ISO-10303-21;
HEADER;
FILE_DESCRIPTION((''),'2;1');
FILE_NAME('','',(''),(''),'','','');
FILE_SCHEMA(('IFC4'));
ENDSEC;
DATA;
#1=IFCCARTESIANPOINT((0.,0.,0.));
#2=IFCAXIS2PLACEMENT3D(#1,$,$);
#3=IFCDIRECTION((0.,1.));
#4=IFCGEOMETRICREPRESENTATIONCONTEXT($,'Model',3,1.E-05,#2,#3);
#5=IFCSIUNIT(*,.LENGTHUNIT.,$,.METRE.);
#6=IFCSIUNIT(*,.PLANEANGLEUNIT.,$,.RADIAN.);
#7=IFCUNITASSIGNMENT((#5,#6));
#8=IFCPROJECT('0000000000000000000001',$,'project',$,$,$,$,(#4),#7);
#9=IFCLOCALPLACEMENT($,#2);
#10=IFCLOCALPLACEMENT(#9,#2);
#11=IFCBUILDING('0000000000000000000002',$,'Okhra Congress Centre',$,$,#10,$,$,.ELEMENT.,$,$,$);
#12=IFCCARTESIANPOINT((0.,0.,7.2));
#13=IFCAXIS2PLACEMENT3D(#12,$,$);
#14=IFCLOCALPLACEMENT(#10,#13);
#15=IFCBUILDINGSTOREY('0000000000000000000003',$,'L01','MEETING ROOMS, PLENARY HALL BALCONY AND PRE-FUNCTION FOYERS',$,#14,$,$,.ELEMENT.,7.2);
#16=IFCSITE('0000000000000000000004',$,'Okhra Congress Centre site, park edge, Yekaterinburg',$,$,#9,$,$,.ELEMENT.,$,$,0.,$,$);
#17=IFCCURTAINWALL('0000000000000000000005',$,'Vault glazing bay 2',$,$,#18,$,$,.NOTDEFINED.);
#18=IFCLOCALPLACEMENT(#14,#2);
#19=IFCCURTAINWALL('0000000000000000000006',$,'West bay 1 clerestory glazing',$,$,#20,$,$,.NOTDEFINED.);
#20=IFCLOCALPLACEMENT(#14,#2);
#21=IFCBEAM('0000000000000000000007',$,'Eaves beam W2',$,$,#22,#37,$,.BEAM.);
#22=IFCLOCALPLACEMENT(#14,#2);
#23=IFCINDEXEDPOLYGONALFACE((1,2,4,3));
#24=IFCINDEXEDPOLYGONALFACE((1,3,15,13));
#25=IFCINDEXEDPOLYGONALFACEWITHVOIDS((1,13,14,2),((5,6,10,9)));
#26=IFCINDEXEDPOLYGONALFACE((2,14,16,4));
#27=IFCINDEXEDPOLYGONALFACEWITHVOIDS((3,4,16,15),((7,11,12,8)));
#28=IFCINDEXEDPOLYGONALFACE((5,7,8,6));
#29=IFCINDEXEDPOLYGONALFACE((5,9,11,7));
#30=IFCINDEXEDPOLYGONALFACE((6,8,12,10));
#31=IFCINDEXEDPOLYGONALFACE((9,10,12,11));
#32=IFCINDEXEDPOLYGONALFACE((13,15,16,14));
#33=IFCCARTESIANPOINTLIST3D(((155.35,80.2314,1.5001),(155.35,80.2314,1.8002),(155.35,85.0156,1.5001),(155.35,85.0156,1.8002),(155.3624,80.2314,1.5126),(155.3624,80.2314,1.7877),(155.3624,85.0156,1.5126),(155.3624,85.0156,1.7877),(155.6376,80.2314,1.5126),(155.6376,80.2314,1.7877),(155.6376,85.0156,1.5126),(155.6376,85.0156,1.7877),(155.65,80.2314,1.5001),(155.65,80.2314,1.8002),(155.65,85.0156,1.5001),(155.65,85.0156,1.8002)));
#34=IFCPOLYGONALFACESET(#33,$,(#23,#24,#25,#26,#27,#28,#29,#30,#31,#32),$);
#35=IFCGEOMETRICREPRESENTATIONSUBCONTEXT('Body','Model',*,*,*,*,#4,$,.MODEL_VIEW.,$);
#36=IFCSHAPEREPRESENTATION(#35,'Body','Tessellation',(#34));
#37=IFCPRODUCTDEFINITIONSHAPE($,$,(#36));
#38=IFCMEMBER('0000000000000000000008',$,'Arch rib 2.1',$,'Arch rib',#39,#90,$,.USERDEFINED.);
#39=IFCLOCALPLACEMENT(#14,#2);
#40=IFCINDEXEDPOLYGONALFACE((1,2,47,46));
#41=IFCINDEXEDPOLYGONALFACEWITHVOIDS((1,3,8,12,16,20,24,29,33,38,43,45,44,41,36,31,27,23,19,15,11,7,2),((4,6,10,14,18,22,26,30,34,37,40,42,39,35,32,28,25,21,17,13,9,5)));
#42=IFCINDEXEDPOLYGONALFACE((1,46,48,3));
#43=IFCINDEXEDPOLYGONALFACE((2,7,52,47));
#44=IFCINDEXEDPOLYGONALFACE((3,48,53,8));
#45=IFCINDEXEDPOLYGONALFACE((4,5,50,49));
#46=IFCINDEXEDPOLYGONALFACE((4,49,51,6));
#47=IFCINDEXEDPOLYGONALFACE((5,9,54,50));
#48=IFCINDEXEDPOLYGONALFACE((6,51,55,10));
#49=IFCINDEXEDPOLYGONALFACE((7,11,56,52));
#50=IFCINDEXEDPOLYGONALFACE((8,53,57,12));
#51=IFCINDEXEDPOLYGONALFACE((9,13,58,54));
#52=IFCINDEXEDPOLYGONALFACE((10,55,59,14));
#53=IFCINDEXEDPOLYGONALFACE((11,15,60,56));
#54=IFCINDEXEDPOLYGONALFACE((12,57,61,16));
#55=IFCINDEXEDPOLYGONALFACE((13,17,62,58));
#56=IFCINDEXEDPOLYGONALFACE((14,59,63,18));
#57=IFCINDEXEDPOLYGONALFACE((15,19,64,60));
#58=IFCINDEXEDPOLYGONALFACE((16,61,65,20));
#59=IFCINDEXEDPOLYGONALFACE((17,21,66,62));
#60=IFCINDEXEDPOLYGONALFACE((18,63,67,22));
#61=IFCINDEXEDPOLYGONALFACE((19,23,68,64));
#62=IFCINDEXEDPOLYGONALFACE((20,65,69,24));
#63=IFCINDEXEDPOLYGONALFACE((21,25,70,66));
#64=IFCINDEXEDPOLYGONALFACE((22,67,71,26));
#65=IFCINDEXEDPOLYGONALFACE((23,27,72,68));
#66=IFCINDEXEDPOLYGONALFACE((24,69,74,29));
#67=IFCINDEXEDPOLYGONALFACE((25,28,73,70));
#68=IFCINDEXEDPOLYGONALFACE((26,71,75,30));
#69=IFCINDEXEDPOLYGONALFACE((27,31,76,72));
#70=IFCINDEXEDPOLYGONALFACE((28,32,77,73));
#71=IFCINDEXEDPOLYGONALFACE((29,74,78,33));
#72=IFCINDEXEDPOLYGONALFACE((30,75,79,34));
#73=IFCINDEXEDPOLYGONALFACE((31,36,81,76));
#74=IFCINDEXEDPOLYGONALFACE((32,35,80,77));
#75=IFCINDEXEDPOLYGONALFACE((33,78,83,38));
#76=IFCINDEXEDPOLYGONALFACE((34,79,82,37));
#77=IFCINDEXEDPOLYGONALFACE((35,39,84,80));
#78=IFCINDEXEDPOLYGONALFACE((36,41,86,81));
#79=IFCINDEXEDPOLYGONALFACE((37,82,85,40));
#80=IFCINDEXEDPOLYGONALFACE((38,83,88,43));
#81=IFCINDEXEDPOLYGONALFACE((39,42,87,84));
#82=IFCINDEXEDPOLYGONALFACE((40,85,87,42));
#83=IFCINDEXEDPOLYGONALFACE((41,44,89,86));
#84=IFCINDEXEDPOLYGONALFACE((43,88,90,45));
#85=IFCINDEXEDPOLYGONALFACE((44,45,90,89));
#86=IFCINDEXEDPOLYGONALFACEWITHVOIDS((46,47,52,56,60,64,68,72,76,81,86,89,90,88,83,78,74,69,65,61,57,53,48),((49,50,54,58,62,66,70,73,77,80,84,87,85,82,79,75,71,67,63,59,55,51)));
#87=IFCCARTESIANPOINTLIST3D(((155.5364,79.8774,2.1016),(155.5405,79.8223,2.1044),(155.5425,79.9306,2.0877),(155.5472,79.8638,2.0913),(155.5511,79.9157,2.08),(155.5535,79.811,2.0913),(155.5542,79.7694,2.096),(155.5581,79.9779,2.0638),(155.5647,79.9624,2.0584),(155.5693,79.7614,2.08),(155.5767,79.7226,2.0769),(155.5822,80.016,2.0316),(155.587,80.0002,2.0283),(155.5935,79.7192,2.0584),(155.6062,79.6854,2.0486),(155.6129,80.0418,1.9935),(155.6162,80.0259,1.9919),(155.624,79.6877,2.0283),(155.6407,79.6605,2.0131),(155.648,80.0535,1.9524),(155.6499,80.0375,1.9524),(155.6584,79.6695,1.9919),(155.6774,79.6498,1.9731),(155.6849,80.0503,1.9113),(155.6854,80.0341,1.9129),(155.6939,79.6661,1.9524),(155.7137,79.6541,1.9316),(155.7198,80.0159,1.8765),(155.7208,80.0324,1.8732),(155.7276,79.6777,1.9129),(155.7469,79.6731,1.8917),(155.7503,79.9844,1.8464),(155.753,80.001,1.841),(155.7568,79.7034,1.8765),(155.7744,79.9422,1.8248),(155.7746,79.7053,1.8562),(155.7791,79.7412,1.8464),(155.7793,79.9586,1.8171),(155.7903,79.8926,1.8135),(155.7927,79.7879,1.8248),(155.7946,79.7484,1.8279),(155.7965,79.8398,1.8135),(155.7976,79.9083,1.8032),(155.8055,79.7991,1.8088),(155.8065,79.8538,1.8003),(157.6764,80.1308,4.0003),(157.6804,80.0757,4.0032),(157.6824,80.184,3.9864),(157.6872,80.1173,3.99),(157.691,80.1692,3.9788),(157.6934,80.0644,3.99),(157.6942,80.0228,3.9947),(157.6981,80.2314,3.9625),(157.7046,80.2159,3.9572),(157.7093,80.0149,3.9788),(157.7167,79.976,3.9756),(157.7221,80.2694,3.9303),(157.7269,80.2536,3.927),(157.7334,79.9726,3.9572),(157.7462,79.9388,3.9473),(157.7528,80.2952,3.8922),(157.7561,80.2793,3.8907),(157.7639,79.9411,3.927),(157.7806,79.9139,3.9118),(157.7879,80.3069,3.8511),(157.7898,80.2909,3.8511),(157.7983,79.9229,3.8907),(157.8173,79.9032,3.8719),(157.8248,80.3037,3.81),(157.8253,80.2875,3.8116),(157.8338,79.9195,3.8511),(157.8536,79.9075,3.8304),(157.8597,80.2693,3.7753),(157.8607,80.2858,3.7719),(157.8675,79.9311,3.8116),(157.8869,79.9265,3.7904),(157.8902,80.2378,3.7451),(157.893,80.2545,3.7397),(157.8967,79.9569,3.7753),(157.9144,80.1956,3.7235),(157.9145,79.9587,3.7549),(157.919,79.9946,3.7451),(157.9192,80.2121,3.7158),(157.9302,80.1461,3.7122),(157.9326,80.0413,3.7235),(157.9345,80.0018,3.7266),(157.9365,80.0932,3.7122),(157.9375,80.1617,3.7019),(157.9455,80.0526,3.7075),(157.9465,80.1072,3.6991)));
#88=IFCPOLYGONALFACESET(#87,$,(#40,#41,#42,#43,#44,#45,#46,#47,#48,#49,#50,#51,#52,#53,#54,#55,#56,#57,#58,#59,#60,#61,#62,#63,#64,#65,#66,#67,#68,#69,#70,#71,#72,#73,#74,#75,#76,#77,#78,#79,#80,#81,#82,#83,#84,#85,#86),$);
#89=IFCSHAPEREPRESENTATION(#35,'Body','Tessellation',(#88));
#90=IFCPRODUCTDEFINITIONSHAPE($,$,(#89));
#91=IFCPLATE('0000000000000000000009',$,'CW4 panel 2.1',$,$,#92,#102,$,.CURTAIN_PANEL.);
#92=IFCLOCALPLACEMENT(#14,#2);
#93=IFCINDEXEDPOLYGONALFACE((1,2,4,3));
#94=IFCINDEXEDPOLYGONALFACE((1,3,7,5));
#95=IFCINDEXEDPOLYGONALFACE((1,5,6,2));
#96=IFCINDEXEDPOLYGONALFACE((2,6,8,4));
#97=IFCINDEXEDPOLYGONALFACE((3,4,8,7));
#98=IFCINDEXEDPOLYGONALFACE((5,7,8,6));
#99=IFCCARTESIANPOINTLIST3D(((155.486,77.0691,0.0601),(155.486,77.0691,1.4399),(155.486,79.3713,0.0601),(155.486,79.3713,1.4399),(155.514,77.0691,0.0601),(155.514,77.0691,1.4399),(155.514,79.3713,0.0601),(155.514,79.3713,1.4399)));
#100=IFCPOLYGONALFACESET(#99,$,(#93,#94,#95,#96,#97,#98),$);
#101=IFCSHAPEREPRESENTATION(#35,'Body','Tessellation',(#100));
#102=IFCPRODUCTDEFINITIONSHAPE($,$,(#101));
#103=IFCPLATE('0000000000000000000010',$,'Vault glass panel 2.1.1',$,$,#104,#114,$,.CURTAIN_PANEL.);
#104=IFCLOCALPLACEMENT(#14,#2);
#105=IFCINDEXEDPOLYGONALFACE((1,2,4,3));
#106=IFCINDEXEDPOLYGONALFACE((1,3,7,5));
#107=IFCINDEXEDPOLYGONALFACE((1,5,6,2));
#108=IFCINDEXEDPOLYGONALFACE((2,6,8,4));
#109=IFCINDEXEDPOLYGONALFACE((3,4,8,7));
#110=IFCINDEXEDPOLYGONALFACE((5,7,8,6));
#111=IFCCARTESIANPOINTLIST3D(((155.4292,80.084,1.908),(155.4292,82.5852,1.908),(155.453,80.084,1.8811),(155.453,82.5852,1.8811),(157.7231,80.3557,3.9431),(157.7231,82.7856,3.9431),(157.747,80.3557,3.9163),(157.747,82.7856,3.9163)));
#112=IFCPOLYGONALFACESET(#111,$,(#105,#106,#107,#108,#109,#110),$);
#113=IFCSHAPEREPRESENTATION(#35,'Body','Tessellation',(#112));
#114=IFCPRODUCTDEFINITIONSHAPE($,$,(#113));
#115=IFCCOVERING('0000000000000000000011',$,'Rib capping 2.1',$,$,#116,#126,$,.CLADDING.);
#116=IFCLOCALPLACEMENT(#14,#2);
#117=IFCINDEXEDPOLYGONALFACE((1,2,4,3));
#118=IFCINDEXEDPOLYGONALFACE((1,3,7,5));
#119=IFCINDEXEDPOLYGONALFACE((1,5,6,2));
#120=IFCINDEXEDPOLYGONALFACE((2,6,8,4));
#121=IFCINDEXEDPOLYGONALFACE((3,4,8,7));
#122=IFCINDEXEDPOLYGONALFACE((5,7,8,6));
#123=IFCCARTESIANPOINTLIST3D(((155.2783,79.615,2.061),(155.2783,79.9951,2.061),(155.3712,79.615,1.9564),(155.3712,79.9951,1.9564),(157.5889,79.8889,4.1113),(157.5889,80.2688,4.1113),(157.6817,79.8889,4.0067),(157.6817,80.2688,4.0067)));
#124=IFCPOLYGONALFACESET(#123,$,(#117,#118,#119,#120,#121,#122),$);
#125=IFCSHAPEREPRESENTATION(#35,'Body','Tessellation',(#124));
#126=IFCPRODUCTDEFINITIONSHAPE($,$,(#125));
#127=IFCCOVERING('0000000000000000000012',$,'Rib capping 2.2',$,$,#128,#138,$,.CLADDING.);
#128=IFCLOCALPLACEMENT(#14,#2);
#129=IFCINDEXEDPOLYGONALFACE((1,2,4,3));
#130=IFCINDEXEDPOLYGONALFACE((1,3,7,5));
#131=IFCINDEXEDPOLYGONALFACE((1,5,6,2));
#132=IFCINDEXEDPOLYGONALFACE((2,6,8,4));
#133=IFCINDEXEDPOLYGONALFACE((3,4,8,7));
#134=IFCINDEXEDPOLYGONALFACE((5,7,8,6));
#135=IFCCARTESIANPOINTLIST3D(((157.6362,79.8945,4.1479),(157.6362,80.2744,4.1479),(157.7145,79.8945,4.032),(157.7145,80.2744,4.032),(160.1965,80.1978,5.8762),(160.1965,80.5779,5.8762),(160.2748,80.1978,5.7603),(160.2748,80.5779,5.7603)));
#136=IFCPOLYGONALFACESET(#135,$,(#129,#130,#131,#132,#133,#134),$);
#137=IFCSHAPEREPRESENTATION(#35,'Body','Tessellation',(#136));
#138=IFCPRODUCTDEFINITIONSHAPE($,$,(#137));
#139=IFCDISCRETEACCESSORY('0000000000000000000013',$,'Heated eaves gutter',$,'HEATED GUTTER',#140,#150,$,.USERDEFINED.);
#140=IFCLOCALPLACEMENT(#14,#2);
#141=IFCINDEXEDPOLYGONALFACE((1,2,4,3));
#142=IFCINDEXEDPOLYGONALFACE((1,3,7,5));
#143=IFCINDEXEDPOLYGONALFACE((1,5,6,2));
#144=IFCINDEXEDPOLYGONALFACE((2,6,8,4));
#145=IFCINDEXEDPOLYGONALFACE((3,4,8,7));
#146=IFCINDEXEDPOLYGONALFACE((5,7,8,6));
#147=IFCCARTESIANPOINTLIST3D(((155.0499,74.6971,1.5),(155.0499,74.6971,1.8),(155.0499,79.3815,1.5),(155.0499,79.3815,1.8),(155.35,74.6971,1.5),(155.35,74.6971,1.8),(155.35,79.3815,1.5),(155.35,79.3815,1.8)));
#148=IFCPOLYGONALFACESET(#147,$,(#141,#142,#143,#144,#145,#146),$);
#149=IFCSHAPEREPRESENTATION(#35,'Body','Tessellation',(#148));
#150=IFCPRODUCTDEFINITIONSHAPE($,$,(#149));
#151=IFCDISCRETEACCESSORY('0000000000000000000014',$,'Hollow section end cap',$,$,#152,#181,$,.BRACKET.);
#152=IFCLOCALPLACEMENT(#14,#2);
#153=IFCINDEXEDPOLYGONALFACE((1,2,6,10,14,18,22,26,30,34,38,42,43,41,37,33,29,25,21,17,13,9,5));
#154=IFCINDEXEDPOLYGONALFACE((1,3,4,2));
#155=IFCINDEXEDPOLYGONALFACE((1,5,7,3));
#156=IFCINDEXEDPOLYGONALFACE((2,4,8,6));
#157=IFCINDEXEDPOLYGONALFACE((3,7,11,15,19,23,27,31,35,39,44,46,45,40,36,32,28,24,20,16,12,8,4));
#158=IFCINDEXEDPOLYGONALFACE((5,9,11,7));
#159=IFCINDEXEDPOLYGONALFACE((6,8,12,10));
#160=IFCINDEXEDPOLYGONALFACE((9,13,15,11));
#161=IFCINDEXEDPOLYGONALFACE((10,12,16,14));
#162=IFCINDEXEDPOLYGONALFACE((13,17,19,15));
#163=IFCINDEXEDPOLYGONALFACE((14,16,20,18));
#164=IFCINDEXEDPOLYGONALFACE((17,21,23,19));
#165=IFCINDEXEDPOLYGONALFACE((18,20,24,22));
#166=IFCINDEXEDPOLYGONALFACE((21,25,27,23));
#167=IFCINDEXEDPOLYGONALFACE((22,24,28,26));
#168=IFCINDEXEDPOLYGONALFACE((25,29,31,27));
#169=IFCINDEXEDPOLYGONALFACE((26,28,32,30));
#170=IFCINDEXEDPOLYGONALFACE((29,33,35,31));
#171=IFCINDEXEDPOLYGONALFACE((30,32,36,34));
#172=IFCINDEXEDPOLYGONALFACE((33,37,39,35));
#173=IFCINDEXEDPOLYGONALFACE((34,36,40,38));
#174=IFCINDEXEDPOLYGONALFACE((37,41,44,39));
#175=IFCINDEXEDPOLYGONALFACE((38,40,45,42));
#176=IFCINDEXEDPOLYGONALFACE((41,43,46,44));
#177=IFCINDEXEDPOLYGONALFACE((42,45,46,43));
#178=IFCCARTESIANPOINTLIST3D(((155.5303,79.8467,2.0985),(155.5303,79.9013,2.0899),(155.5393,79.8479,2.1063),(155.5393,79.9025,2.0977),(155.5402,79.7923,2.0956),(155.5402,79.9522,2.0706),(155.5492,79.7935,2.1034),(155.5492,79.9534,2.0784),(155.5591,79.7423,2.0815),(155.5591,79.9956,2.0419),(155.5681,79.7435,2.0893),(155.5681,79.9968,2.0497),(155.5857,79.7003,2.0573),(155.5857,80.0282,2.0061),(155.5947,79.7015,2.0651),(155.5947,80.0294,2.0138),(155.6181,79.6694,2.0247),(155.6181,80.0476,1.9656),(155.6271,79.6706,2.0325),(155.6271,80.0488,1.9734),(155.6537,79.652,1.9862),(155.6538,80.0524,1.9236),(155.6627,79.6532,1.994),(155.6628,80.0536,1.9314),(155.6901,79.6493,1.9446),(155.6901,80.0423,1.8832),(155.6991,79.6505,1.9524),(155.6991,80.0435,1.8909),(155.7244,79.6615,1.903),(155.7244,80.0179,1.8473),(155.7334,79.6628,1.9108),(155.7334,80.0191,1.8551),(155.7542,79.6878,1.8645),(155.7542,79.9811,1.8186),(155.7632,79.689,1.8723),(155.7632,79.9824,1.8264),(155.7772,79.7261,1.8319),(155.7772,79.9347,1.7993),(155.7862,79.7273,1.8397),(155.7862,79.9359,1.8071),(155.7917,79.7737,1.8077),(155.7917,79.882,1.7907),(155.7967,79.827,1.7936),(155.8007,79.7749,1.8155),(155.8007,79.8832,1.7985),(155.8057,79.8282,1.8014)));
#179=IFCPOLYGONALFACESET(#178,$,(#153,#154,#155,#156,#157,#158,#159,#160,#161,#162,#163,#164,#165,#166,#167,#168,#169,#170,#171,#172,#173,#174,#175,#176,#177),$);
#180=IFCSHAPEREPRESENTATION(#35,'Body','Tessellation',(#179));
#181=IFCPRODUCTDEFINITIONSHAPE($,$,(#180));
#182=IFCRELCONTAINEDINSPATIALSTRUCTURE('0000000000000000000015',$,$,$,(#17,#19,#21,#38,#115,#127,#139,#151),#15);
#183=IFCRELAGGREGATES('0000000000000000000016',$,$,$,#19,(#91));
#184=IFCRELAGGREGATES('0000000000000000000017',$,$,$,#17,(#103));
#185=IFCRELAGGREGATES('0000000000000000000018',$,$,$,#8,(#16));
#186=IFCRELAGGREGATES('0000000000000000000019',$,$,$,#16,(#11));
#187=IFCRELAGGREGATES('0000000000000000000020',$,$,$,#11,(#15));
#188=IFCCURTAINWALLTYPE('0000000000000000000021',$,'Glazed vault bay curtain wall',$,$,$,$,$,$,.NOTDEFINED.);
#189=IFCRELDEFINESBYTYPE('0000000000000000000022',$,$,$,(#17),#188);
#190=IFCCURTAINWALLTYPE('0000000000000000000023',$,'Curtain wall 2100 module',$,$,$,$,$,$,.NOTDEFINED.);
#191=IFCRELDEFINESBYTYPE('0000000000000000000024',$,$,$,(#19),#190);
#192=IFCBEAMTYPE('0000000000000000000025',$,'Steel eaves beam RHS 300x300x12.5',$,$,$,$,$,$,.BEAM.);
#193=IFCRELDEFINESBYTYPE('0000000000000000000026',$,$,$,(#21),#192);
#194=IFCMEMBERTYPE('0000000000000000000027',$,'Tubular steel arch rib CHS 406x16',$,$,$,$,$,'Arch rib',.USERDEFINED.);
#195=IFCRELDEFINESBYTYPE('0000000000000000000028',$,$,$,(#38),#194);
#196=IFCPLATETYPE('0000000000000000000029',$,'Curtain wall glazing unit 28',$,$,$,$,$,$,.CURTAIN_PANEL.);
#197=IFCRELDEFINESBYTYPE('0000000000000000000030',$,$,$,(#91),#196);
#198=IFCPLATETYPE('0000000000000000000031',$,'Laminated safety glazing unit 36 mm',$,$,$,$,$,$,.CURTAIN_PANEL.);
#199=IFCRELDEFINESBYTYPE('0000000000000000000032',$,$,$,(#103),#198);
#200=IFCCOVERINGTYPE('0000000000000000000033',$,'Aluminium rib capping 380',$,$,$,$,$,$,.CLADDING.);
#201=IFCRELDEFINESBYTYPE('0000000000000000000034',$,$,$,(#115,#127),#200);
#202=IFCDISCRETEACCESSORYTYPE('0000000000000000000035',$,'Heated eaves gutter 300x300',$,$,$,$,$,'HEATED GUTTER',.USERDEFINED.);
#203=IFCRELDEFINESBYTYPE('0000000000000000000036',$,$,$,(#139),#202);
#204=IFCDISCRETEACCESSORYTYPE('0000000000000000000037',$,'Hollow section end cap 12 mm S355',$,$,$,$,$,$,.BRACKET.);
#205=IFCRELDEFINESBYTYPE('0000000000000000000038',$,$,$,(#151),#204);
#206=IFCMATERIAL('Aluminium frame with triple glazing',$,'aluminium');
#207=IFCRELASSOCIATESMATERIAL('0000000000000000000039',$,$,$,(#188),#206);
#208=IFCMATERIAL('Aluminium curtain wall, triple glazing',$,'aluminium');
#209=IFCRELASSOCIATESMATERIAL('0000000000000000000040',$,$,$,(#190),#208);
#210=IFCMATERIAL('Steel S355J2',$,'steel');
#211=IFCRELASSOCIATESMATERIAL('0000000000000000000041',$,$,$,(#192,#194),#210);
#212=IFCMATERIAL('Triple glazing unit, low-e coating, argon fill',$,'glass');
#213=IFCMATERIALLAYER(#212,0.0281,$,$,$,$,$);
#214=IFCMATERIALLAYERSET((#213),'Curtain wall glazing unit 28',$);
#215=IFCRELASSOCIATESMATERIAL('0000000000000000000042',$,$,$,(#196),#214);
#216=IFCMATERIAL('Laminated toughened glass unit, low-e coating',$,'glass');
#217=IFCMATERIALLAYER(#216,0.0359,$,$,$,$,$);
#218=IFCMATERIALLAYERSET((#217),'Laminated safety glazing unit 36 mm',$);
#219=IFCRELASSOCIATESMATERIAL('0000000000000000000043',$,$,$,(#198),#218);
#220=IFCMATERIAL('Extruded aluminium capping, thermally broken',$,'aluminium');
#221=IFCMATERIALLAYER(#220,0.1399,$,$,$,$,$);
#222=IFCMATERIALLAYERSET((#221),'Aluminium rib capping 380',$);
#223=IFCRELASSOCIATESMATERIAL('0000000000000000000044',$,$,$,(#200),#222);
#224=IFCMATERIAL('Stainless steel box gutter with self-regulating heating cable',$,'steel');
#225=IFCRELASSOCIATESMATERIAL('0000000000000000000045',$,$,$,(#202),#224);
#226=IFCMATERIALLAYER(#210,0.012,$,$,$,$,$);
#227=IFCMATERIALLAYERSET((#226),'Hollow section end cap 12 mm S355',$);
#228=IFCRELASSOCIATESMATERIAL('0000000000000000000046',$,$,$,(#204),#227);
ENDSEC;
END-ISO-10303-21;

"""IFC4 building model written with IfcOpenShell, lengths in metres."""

from ifc_helpers import new_model, si_unit, direction, frame, origin, origin_2d, place, context, subcontext, project, spatial, polyline, rectangle, hollow_rectangle, circle, hollow_circle, outline, extrude, material, layer, layer_set, material_profile, profile_set, type_object, element, aggregate, save


model = new_model("IFC4")

# Units and contexts
model_context = context("Model", 3, precision=1e-05, world=origin(), true_north=direction((0.0, 1.0)))
body_context = subcontext(model_context, "Body", "Model", "MODEL_VIEW")
ifc_project = project(units=[si_unit("LENGTHUNIT", "METRE"), si_unit("PLANEANGLEUNIT", "RADIAN")], contexts=[model_context])

# Site, building, storey
site_placement = place(None, origin())
site = spatial("IfcSite", under=ifc_project, at=site_placement, Name="Okhra Congress Centre site, park edge, Yekaterinburg", CompositionType="ELEMENT", RefElevation=0.0)
building_placement = place(site_placement, origin())
building = spatial("IfcBuilding", under=site, at=building_placement, Name="Okhra Congress Centre", CompositionType="ELEMENT")
storey_placement = place(building_placement, frame((0.0, 0.0, 7.2)))
storey = spatial("IfcBuildingStorey", under=building, at=storey_placement, Name="L01", Description="MEETING ROOMS, PLENARY HALL BALCONY AND PRE-FUNCTION FOYERS", CompositionType="ELEMENT", Elevation=7.2)

# Shared definitions
ifc_material_1 = material(Name="Aluminium frame with triple glazing", Category="aluminium")
curtain_wall_type_1 = type_object("IfcCurtainWallType", Name="Glazed vault bay curtain wall", PredefinedType="NOTDEFINED", material=ifc_material_1)

# Curtain walls
curtain_wall_1_placement = place(storey_placement, origin())
curtain_wall_1 = element("IfcCurtainWall", 1, at=curtain_wall_1_placement, inside=storey, type_object=curtain_wall_type_1, Name="Vault glazing bay 2", PredefinedType="NOTDEFINED")
ifc_material_2 = material(Name="Aluminium curtain wall, triple glazing", Category="aluminium")
curtain_wall_type_2 = type_object("IfcCurtainWallType", Name="Curtain wall 2100 module", PredefinedType="NOTDEFINED", material=ifc_material_2)
curtain_wall_2_placement = place(storey_placement, origin())
curtain_wall_2 = element("IfcCurtainWall", 2, at=curtain_wall_2_placement, inside=storey, type_object=curtain_wall_type_2, Name="West bay 1 clerestory glazing", PredefinedType="NOTDEFINED")

# Beam
ifc_material_3 = material(Name="Steel S355J2", Category="steel")
ifc_material_profile_1 = material_profile(ifc_material_3, hollow_rectangle(XDim=0.3, YDim=0.3, WallThickness=0.0125, at=origin_2d()), Name="RHS 300x300x12.5")
ifc_profile_set_1 = profile_set([ifc_material_profile_1], Name="Steel S355J2")
beam_type = type_object("IfcBeamType", Name="Steel eaves beam RHS 300x300x12.5", PredefinedType="BEAM", material=ifc_profile_set_1)
beam_placement = place(storey_placement, frame((155.5, 80.2314, 1.6501), z_axis=(0.0, 1.0, 0.0), x_axis=(-1.0, 0.0, 0.0)))
element("IfcBeam", 3, at=beam_placement, inside=storey, type_object=beam_type, Name="Eaves beam W2", PredefinedType="BEAM", context=body_context, shape_type="SweptSolid", body=[
    extrude(hollow_rectangle(XDim=0.3, YDim=0.3, WallThickness=0.0125, at=origin_2d()), origin(), (0.0, 0.0, 1.0), 4.7842),
])

# Member
ifc_material_profile_2 = material_profile(ifc_material_3, hollow_circle(Radius=0.2031, WallThickness=0.0161, at=origin_2d()), Name="CHS 406.4x16")
ifc_profile_set_2 = profile_set([ifc_material_profile_2], Name="Steel S355J2")
member_type_1 = type_object("IfcMemberType", Name="Tubular steel arch rib CHS 406x16", ElementType="Arch rib", PredefinedType="USERDEFINED", material=ifc_profile_set_2)
member_1_placement = place(storey_placement, frame((155.6719, 79.8518, 1.9524), z_axis=(0.745089, 0.088238, 0.661102), x_axis=(-0.117604, 0.993061, 0.0)))
element("IfcMember", 4, at=member_1_placement, inside=storey, type_object=member_type_1, Name="Arch rib 2.1", ObjectType="Arch rib", PredefinedType="USERDEFINED", context=body_context, shape_type="SweptSolid", body=[
    extrude(hollow_circle(Radius=0.2031, WallThickness=0.0161, at=origin_2d()), origin(), (0.0, 0.0, 1.0), 2.8721),
])

# Plates
ifc_material_4 = material(Name="Triple glazing unit, low-e coating, argon fill", Category="glass")
ifc_layer_1 = layer(ifc_material_4, 0.0281)
ifc_layer_set_1 = layer_set([ifc_layer_1], Name="Curtain wall glazing unit 28")
plate_type_1 = type_object("IfcPlateType", Name="Curtain wall glazing unit 28", PredefinedType="CURTAIN_PANEL", material=ifc_layer_set_1)
plate_1_placement = place(storey_placement, frame((155.5, 78.2202, 0.0601), z_axis=(0.0, 0.0, 1.0), x_axis=(0.0, 1.0, 0.0)))
plate_1 = element("IfcPlate", 5, at=plate_1_placement, type_object=plate_type_1, Name="CW4 panel 2.1", PredefinedType="CURTAIN_PANEL", context=body_context, shape_type="SweptSolid", body=[
    extrude(rectangle(XDim=2.3022, YDim=0.0281, at=origin_2d()), origin(), (0.0, 0.0, 1.0), 1.3799),
])
aggregate(curtain_wall_2, [plate_1])
ifc_material_5 = material(Name="Laminated toughened glass unit, low-e coating", Category="glass")
ifc_layer_2 = layer(ifc_material_5, 0.0359)
ifc_layer_set_2 = layer_set([ifc_layer_2], Name="Laminated safety glazing unit 36 mm")
plate_type_2 = type_object("IfcPlateType", Name="Laminated safety glazing unit 36 mm", PredefinedType="CURTAIN_PANEL", material=ifc_layer_set_2)
plate_2_placement = place(storey_placement, frame((155.4292, 80.084, 1.908), z_axis=(-0.663652, 0.0, 0.748041), x_axis=(0.745122, 0.088263, 0.661062)))
plate_2 = element("IfcPlate", 6, at=plate_2_placement, type_object=plate_type_2, Name="Vault glass panel 2.1.1", PredefinedType="CURTAIN_PANEL", context=body_context, shape_type="SweptSolid", body=[
    extrude(outline(polyline([(0.0, 0.0), (3.0786, 0.0), (3.2931, 2.4204), (0.2208, 2.4915), (0.0, 0.0)])), origin(), (0.0, 0.0, -1.0), 0.0359),
])
aggregate(curtain_wall_1, [plate_2])

# Coverings
ifc_material_6 = material(Name="Extruded aluminium capping, thermally broken", Category="aluminium")
ifc_layer_3 = layer(ifc_material_6, 0.1399)
ifc_layer_set_3 = layer_set([ifc_layer_3], Name="Aluminium rib capping 380")
covering_type = type_object("IfcCoveringType", Name="Aluminium rib capping 380", PredefinedType="CLADDING", material=ifc_layer_set_3)
covering_1_placement = place(storey_placement, frame((155.2783, 79.615, 2.061), z_axis=(-0.663726, 0.0, 0.747976), x_axis=(0.745052, 0.088329, 0.661132)))
element("IfcCovering", 7, at=covering_1_placement, inside=storey, type_object=covering_type, Name="Rib capping 2.1", PredefinedType="CLADDING", context=body_context, shape_type="SweptSolid", body=[
    extrude(outline(polyline([(0.0, 0.0), (3.1012, 0.0), (3.1347, 0.3784), (0.0336, 0.3786), (0.0, 0.0)])), origin(), (0.0, 0.0, -1.0), 0.1399),
])
covering_2_placement = place(storey_placement, frame((157.6362, 79.8945, 4.1479), z_axis=(-0.559488, 0.0, 0.828839), x_axis=(0.824874, 0.097692, 0.556812)))
element("IfcCovering", 8, at=covering_2_placement, inside=storey, type_object=covering_type, Name="Rib capping 2.2", PredefinedType="CLADDING", context=body_context, shape_type="SweptSolid", body=[
    extrude(outline(polyline([(0.0, 0.0), (3.1039, 0.0), (3.141, 0.3783), (0.0371, 0.3781), (0.0, 0.0)])), origin(), (0.0, 0.0, -1.0), 0.1399),
])

# Discrete accessories
ifc_material_7 = material(Name="Stainless steel box gutter with self-regulating heating cable", Category="steel")
discrete_accessory_type_1 = type_object("IfcDiscreteAccessoryType", Name="Heated eaves gutter 300x300", ElementType="HEATED GUTTER", PredefinedType="USERDEFINED", material=ifc_material_7)
discrete_accessory_1_placement = place(storey_placement, frame((155.2, 77.0393, 1.5), z_axis=(0.0, 0.0, 1.0), x_axis=(1.0, 0.0, 0.0)))
element("IfcDiscreteAccessory", 9, at=discrete_accessory_1_placement, inside=storey, type_object=discrete_accessory_type_1, Name="Heated eaves gutter", ObjectType="HEATED GUTTER", PredefinedType="USERDEFINED", context=body_context, shape_type="SweptSolid", body=[
    extrude(rectangle(XDim=0.3, YDim=4.6843, at=origin_2d()), origin(), (0.0, 0.0, 1.0), 0.3),
])
ifc_layer_4 = layer(ifc_material_3, 0.012)
ifc_layer_set_4 = layer_set([ifc_layer_4], Name="Hollow section end cap 12 mm S355")
discrete_accessory_type_2 = type_object("IfcDiscreteAccessoryType", Name="Hollow section end cap 12 mm S355", PredefinedType="BRACKET", material=ifc_layer_set_4)
discrete_accessory_2_placement = place(storey_placement, frame((155.6719, 79.8518, 1.9524), z_axis=(-0.752443, -0.101681, -0.650761), x_axis=(0.133918, -0.990992, 0.0)))
element("IfcDiscreteAccessory", 10, at=discrete_accessory_2_placement, inside=storey, type_object=discrete_accessory_type_2, Name="Hollow section end cap", PredefinedType="BRACKET", context=body_context, shape_type="SweptSolid", body=[
    extrude(circle(Radius=0.2031, at=origin_2d()), origin(), (0.0, 0.0, 1.0), 0.012),
])

save(model, "model.ifc")
